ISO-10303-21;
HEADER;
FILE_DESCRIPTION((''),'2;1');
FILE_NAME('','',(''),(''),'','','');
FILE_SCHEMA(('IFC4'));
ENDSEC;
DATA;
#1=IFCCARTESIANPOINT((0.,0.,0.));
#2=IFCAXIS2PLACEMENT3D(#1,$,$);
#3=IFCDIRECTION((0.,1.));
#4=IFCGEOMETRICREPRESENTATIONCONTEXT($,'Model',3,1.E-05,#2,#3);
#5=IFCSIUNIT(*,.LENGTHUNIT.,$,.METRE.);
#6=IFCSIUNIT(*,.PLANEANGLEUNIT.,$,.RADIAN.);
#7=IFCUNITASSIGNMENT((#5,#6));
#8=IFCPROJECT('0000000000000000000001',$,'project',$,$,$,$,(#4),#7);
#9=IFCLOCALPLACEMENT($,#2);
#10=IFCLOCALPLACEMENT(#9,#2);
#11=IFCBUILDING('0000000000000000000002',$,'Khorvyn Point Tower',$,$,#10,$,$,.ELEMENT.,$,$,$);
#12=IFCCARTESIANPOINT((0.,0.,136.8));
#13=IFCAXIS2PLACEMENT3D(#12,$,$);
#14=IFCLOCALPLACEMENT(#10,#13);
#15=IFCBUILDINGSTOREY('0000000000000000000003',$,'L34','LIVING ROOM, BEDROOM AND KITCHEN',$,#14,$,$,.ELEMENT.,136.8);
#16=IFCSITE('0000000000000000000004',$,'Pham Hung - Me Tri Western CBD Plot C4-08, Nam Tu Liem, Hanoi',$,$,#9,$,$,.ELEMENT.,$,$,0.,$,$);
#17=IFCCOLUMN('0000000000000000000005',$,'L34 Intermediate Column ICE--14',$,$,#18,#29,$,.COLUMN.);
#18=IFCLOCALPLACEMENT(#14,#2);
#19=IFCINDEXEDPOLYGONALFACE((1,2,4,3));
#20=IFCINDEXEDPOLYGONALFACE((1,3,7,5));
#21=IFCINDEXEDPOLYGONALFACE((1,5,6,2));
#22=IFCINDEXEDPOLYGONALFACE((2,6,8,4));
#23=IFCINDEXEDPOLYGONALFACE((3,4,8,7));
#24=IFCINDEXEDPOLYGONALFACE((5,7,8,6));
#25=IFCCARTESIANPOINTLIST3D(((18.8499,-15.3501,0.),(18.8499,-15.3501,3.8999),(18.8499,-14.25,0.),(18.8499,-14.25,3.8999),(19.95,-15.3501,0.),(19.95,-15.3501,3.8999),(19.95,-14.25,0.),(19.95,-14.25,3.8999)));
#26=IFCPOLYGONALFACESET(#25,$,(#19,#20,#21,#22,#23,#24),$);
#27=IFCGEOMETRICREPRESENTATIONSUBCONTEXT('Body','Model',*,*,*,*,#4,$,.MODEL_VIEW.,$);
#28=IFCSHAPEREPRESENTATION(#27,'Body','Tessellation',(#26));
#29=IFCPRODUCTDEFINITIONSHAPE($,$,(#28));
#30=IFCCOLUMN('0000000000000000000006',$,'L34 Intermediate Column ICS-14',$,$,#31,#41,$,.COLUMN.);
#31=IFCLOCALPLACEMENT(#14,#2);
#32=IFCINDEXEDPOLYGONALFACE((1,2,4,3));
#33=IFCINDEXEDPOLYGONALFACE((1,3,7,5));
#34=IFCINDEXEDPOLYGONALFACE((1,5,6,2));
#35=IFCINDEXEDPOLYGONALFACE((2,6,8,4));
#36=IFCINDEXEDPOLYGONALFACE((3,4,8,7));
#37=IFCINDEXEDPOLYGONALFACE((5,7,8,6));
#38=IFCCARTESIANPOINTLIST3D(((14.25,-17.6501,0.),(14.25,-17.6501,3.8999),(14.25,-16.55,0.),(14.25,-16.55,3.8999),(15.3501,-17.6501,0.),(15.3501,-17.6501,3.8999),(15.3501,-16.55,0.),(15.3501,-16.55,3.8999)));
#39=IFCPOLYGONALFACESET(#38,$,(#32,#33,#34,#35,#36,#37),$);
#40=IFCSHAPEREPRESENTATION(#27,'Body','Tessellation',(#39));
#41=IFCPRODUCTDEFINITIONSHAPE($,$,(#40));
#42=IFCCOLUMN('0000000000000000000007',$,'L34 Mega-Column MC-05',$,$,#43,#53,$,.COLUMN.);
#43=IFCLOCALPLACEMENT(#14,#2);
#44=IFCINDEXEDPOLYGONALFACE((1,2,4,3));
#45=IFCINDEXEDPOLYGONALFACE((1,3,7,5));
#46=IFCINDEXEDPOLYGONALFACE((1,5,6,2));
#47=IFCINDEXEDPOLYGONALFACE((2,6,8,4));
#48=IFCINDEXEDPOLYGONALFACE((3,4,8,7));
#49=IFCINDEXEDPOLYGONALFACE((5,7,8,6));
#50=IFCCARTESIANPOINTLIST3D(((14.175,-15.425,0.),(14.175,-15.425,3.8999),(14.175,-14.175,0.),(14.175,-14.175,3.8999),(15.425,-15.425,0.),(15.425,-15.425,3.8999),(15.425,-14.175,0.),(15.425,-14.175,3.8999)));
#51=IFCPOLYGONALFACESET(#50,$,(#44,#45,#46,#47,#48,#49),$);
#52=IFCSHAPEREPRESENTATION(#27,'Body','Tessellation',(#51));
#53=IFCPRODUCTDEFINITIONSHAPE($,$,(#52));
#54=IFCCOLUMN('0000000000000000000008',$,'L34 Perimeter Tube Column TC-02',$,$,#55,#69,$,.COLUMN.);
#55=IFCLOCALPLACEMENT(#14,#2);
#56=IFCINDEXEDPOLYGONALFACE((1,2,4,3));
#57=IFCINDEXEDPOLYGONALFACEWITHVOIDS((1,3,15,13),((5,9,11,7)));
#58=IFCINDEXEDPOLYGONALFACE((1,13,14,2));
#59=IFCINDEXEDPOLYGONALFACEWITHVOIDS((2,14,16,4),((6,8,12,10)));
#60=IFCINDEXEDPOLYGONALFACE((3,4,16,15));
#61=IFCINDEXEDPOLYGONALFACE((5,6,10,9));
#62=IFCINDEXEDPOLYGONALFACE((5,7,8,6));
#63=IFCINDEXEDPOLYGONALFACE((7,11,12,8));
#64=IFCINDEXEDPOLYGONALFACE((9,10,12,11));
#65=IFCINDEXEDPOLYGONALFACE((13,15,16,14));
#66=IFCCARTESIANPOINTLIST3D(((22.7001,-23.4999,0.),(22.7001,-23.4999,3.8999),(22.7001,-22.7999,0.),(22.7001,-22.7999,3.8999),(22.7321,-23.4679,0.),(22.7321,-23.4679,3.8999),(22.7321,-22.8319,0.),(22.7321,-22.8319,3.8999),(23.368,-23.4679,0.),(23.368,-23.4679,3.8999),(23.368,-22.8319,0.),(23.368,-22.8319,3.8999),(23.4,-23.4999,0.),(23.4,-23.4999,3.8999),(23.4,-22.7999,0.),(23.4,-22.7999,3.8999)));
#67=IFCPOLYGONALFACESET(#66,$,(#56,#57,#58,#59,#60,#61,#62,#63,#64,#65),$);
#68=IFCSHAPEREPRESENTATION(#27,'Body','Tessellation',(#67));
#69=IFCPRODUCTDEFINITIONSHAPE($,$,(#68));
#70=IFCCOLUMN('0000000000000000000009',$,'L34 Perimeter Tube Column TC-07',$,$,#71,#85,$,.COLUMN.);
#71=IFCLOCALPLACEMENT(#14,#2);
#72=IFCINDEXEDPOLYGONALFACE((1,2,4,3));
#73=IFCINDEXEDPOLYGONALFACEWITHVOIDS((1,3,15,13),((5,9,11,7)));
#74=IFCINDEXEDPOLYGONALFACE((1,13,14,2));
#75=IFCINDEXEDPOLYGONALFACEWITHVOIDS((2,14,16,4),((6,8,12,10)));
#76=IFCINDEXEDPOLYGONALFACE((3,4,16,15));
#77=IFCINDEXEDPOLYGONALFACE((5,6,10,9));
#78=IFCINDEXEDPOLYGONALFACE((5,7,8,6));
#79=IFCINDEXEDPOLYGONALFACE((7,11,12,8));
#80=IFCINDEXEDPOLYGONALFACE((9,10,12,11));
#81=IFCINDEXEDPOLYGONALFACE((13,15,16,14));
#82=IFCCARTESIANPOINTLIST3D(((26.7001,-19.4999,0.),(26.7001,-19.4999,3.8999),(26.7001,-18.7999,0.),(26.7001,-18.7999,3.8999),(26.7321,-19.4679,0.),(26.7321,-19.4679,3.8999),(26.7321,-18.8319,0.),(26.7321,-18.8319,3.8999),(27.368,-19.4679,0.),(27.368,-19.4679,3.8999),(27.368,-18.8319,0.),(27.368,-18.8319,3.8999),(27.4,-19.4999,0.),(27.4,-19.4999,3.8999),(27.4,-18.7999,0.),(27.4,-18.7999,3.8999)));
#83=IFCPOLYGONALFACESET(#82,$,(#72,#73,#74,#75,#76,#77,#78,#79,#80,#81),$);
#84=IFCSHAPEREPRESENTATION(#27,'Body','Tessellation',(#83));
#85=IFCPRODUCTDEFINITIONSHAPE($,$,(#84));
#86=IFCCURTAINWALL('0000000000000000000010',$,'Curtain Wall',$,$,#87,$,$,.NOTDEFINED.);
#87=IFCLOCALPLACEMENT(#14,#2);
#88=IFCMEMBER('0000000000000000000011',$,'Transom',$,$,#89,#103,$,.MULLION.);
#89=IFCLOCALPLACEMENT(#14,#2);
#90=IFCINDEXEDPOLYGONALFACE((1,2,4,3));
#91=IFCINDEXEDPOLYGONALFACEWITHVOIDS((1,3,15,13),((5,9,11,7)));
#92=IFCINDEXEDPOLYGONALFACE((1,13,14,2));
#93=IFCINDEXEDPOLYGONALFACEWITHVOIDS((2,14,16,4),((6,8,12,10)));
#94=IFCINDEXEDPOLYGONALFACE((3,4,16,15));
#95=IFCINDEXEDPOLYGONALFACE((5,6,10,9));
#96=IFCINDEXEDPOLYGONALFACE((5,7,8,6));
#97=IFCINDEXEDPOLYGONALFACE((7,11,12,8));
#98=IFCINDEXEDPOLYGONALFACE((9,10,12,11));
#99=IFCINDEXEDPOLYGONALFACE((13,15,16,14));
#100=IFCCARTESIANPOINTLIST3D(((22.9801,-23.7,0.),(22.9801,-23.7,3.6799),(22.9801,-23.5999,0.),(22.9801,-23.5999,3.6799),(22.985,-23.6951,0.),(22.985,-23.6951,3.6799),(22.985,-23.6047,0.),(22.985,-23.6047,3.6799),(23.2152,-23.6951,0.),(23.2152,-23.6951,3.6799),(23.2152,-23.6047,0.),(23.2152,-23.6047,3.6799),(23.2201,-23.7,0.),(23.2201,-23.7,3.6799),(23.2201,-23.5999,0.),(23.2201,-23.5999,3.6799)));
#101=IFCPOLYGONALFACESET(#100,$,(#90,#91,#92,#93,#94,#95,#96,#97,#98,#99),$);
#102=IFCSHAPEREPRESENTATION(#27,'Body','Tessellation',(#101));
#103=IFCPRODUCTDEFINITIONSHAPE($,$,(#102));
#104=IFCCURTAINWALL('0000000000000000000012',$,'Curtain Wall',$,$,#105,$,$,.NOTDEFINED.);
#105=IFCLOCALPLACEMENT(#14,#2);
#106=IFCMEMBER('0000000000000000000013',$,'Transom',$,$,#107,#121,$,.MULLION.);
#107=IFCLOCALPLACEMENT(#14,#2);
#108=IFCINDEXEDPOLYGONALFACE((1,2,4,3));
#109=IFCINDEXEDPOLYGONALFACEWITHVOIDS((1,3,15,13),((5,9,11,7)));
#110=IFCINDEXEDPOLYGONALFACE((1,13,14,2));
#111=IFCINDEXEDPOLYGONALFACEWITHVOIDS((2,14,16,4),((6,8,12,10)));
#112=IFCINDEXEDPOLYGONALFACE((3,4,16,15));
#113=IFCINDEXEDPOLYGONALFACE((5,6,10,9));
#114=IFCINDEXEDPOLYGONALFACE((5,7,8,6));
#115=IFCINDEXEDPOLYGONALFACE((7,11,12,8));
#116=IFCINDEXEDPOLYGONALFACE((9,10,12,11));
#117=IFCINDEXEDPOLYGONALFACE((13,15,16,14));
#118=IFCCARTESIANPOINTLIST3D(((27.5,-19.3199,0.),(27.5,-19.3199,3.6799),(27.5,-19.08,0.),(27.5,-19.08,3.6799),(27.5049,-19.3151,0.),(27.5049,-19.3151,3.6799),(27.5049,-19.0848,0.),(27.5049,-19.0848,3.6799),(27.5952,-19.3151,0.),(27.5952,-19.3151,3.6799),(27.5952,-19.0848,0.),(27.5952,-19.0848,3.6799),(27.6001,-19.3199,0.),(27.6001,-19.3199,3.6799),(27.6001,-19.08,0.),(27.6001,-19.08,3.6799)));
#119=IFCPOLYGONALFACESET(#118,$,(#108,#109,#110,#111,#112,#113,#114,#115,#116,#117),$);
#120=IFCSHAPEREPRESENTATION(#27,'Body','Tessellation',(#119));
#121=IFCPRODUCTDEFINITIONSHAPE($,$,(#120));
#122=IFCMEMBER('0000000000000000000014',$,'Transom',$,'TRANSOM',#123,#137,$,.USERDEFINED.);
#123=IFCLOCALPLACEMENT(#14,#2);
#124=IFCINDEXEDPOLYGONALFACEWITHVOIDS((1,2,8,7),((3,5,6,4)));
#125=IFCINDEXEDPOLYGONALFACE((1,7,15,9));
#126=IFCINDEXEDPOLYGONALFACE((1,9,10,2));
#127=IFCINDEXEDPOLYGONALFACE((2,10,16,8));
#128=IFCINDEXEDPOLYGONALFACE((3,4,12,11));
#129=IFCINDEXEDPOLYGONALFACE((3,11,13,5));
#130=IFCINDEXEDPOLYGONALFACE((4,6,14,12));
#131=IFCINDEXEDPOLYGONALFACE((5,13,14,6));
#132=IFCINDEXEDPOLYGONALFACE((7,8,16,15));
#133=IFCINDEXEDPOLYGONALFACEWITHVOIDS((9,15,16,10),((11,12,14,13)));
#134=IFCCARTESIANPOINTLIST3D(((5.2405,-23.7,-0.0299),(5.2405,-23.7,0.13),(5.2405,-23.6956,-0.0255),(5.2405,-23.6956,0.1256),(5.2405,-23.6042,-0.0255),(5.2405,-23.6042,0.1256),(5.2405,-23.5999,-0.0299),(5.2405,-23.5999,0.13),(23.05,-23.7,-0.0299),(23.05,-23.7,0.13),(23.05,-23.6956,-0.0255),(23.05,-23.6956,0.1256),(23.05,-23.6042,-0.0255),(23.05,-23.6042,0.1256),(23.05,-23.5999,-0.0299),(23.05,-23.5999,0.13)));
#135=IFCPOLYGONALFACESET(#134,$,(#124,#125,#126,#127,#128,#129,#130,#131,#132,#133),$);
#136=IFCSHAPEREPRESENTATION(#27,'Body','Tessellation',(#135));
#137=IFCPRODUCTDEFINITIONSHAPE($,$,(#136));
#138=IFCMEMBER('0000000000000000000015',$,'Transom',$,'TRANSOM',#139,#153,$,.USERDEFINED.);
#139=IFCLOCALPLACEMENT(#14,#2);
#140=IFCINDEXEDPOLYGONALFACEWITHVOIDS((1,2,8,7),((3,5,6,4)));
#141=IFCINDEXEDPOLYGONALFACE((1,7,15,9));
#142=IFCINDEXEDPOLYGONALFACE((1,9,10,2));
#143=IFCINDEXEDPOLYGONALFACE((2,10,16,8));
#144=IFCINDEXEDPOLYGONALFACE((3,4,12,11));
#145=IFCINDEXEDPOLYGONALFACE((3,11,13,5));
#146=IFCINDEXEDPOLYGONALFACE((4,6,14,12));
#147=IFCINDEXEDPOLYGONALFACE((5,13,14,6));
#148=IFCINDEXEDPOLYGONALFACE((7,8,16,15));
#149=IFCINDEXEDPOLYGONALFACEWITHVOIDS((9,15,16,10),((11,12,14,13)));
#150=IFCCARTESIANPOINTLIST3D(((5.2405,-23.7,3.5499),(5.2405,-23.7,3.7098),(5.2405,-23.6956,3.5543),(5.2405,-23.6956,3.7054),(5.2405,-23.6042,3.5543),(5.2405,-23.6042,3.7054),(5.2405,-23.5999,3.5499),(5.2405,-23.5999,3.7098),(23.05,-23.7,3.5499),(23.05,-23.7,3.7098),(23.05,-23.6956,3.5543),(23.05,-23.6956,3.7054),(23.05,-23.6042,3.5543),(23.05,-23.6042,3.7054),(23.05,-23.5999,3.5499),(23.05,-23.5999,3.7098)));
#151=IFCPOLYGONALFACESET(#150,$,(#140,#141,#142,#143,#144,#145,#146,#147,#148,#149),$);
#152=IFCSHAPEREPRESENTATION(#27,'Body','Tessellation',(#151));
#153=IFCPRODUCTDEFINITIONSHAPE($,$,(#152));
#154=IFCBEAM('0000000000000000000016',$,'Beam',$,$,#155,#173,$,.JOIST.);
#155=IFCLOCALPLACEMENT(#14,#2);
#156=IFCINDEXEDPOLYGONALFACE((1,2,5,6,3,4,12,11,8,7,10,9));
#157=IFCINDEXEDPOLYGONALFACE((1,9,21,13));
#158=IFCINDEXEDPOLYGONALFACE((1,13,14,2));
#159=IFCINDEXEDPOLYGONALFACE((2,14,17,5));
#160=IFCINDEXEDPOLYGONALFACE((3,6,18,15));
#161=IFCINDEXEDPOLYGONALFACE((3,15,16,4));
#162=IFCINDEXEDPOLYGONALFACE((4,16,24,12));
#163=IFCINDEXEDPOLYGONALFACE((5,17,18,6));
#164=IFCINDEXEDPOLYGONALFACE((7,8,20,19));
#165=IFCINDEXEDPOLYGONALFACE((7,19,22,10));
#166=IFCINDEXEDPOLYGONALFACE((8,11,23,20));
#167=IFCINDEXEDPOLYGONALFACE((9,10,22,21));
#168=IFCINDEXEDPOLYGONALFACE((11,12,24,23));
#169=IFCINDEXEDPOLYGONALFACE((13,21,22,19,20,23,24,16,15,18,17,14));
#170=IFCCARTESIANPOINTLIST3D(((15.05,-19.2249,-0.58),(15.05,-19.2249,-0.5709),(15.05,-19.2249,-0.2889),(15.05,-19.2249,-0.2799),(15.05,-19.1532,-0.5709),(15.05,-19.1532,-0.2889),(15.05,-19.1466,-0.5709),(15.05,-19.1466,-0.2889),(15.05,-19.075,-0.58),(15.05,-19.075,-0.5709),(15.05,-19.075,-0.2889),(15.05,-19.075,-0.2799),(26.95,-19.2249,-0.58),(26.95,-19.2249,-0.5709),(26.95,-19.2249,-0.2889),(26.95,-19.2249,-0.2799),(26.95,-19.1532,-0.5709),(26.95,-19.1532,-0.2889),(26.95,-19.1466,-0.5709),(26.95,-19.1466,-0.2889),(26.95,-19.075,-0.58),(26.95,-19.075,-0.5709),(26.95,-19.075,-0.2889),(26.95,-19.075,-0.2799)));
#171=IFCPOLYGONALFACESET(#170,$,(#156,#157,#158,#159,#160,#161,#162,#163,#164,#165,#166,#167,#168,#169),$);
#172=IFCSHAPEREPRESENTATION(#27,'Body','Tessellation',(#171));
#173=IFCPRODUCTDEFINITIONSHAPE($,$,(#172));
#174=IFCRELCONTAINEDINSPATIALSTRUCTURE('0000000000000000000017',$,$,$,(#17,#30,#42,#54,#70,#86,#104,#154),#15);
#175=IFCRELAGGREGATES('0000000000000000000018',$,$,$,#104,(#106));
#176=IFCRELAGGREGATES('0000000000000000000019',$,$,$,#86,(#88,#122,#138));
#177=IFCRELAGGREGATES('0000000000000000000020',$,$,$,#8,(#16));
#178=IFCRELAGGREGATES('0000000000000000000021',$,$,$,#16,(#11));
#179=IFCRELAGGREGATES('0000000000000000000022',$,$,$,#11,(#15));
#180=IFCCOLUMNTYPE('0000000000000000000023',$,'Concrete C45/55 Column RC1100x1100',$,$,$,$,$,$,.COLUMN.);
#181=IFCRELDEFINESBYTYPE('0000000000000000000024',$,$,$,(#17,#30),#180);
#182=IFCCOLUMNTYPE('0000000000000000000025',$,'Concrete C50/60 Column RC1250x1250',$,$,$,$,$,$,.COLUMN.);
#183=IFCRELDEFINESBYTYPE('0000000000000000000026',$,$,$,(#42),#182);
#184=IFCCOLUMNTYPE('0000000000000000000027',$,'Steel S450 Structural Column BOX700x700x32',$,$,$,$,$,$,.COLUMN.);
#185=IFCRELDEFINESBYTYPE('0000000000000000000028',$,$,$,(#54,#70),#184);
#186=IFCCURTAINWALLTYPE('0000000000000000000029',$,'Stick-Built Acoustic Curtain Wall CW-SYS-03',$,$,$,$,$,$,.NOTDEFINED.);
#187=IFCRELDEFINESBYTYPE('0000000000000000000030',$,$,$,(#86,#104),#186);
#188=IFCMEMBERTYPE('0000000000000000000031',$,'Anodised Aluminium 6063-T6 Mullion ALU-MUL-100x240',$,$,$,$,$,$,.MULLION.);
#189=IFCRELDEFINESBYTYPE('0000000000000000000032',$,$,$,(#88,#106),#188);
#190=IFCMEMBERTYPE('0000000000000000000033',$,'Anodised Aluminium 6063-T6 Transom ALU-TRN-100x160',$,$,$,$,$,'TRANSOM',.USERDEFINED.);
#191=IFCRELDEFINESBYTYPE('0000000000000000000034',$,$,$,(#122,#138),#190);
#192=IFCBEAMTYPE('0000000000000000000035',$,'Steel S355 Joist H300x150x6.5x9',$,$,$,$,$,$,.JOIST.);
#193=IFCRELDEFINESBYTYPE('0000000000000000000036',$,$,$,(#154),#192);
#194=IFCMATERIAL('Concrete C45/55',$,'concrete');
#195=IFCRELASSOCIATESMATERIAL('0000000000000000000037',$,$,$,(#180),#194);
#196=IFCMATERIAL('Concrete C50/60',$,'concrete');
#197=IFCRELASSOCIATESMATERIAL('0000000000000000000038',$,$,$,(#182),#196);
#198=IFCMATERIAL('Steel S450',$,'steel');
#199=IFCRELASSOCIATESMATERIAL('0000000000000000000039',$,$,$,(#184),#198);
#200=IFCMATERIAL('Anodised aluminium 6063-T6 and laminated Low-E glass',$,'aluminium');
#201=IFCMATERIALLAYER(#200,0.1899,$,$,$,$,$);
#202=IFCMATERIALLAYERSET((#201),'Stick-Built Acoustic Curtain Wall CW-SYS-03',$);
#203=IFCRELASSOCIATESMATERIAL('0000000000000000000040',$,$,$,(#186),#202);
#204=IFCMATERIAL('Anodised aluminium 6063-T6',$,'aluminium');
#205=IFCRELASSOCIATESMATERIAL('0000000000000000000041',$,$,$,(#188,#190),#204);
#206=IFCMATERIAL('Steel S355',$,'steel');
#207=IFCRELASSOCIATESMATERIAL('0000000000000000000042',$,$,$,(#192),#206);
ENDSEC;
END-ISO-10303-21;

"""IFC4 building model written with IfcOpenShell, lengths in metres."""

from ifc_helpers import new_model, si_unit, direction, frame, origin, origin_2d, place, context, subcontext, project, spatial, rectangle, hollow_rectangle, i_section, extrude, material, layer, layer_set, material_profile, profile_set, type_object, element, aggregate, save


model = new_model("IFC4")

# Units and contexts
model_context = context("Model", 3, precision=1e-05, world=origin(), true_north=direction((0.0, 1.0)))
body_context = subcontext(model_context, "Body", "Model", "MODEL_VIEW")
ifc_project = project(units=[si_unit("LENGTHUNIT", "METRE"), si_unit("PLANEANGLEUNIT", "RADIAN")], contexts=[model_context])

# Site, building, storey
site_placement = place(None, origin())
site = spatial("IfcSite", under=ifc_project, at=site_placement, Name="Pham Hung - Me Tri Western CBD Plot C4-08, Nam Tu Liem, Hanoi", CompositionType="ELEMENT", RefElevation=0.0)
building_placement = place(site_placement, origin())
building = spatial("IfcBuilding", under=site, at=building_placement, Name="Khorvyn Point Tower", CompositionType="ELEMENT")
storey_placement = place(building_placement, frame((0.0, 0.0, 136.8)))
storey = spatial("IfcBuildingStorey", under=building, at=storey_placement, Name="L34", Description="LIVING ROOM, BEDROOM AND KITCHEN", CompositionType="ELEMENT", Elevation=136.8)

# Columns
ifc_material_1 = material(Name="Concrete C45/55", Category="concrete")
ifc_material_profile_1 = material_profile(ifc_material_1, rectangle(XDim=1.1001, YDim=1.1001, at=origin_2d()))
ifc_profile_set_1 = profile_set([ifc_material_profile_1], Name="Concrete C45/55 RC1100x1100")
column_type_1 = type_object("IfcColumnType", Name="Concrete C45/55 Column RC1100x1100", PredefinedType="COLUMN", material=ifc_profile_set_1)
for number, where, z_axis, x_axis, name in (
    (1, (19.3999, -14.8, 0.0), (0.0, 0.0, 1.0), (1.0, 0.0, 0.0), "L34 Intermediate Column ICE--14"),
    (2, (14.8, -17.1001, 0.0), (0.0, 0.0, 1.0), (1.0, 0.0, 0.0), "L34 Intermediate Column ICS-14"),
):
    element("IfcColumn", number, at=place(storey_placement, frame(where, z_axis=z_axis, x_axis=x_axis)), inside=storey, type_object=column_type_1, Name=name, PredefinedType="COLUMN", context=body_context, shape_type="SweptSolid", body=[
        extrude(rectangle(XDim=1.1001, YDim=1.1001, at=origin_2d()), origin(), (0.0, 0.0, 1.0), 3.8999),
    ])
ifc_material_2 = material(Name="Concrete C50/60", Category="concrete")
ifc_material_profile_2 = material_profile(ifc_material_2, rectangle(XDim=1.25, YDim=1.25, at=origin_2d()))
ifc_profile_set_2 = profile_set([ifc_material_profile_2], Name="Concrete C50/60 RC1250x1250")
column_type_2 = type_object("IfcColumnType", Name="Concrete C50/60 Column RC1250x1250", PredefinedType="COLUMN", material=ifc_profile_set_2)
column_placement = place(storey_placement, frame((14.8, -14.8, 0.0), z_axis=(0.0, 0.0, 1.0), x_axis=(1.0, 0.0, 0.0)))
element("IfcColumn", 3, at=column_placement, inside=storey, type_object=column_type_2, Name="L34 Mega-Column MC-05", PredefinedType="COLUMN", context=body_context, shape_type="SweptSolid", body=[
    extrude(rectangle(XDim=1.25, YDim=1.25, at=origin_2d()), origin(), (0.0, 0.0, 1.0), 3.8999),
])
ifc_material_3 = material(Name="Steel S450", Category="steel")
ifc_material_profile_3 = material_profile(ifc_material_3, hollow_rectangle(XDim=0.7, YDim=0.7, WallThickness=0.032, at=origin_2d()))
ifc_profile_set_3 = profile_set([ifc_material_profile_3], Name="Steel S450 BOX700x700x32")
column_type_3 = type_object("IfcColumnType", Name="Steel S450 Structural Column BOX700x700x32", PredefinedType="COLUMN", material=ifc_profile_set_3)
for number, where, z_axis, x_axis, name in (
    (4, (23.05, -23.1499, 0.0), (0.0, 0.0, 1.0), (1.0, 0.0, 0.0), "L34 Perimeter Tube Column TC-02"),
    (5, (27.05, -19.1499, 0.0), (0.0, 0.0, 1.0), (1.0, 0.0, 0.0), "L34 Perimeter Tube Column TC-07"),
):
    element("IfcColumn", number, at=place(storey_placement, frame(where, z_axis=z_axis, x_axis=x_axis)), inside=storey, type_object=column_type_3, Name=name, PredefinedType="COLUMN", context=body_context, shape_type="SweptSolid", body=[
        extrude(hollow_rectangle(XDim=0.7, YDim=0.7, WallThickness=0.032, at=origin_2d()), origin(), (0.0, 0.0, 1.0), 3.8999),
    ])

# Curtain walls, members
ifc_material_4 = material(Name="Anodised aluminium 6063-T6 and laminated Low-E glass", Category="aluminium")
ifc_layer_1 = layer(ifc_material_4, 0.1899)
ifc_layer_set_1 = layer_set([ifc_layer_1], Name="Stick-Built Acoustic Curtain Wall CW-SYS-03")
curtain_wall_type = type_object("IfcCurtainWallType", Name="Stick-Built Acoustic Curtain Wall CW-SYS-03", PredefinedType="NOTDEFINED", material=ifc_layer_set_1)
curtain_wall_1_placement = place(storey_placement, origin())
curtain_wall_1 = element("IfcCurtainWall", 6, at=curtain_wall_1_placement, inside=storey, type_object=curtain_wall_type, Name="Curtain Wall", PredefinedType="NOTDEFINED")
ifc_material_5 = material(Name="Anodised aluminium 6063-T6", Category="aluminium")
ifc_material_profile_4 = material_profile(ifc_material_5, hollow_rectangle(XDim=0.1001, YDim=0.24, WallThickness=0.0049, at=origin_2d()))
ifc_profile_set_4 = profile_set([ifc_material_profile_4], Name="Anodised aluminium 6063-T6 ALU-MUL-100x240")
member_type_1 = type_object("IfcMemberType", Name="Anodised Aluminium 6063-T6 Mullion ALU-MUL-100x240", PredefinedType="MULLION", material=ifc_profile_set_4)
member_1_placement = place(storey_placement, frame((23.1001, -23.6499, 0.0), z_axis=(0.0, 0.0, 1.0), x_axis=(0.0, -1.0, 0.0)))
member_1 = element("IfcMember", 7, at=member_1_placement, type_object=member_type_1, Name="Transom", PredefinedType="MULLION", context=body_context, shape_type="SweptSolid", body=[
    extrude(hollow_rectangle(XDim=0.1001, YDim=0.24, WallThickness=0.0049, at=origin_2d()), origin(), (0.0, 0.0, 1.0), 3.6799),
])
curtain_wall_2_placement = place(storey_placement, origin())
curtain_wall_2 = element("IfcCurtainWall", 8, at=curtain_wall_2_placement, inside=storey, type_object=curtain_wall_type, Name="Curtain Wall", PredefinedType="NOTDEFINED")
member_2_placement = place(storey_placement, frame((27.55, -19.2, 0.0), z_axis=(0.0, 0.0, 1.0), x_axis=(1.0, 0.0, 0.0)))
member_2 = element("IfcMember", 9, at=member_2_placement, type_object=member_type_1, Name="Transom", PredefinedType="MULLION", context=body_context, shape_type="SweptSolid", body=[
    extrude(hollow_rectangle(XDim=0.1001, YDim=0.24, WallThickness=0.0049, at=origin_2d()), origin(), (0.0, 0.0, 1.0), 3.6799),
])
aggregate(curtain_wall_2, [member_2])

# Members
ifc_material_profile_5 = material_profile(ifc_material_5, hollow_rectangle(XDim=0.1001, YDim=0.1599, WallThickness=0.0044, at=origin_2d()))
ifc_profile_set_5 = profile_set([ifc_material_profile_5], Name="Anodised aluminium 6063-T6 ALU-TRN-100x160")
member_type_2 = type_object("IfcMemberType", Name="Anodised Aluminium 6063-T6 Transom ALU-TRN-100x160", ElementType="TRANSOM", PredefinedType="USERDEFINED", material=ifc_profile_set_5)
member_3_placement = place(storey_placement, frame((23.05, -23.6499, 0.05), z_axis=(-1.0, 0.0, 0.0), x_axis=(0.0, -1.0, 0.0)))
member_3 = element("IfcMember", 10, at=member_3_placement, type_object=member_type_2, Name="Transom", ObjectType="TRANSOM", PredefinedType="USERDEFINED", context=body_context, shape_type="SweptSolid", body=[
    extrude(hollow_rectangle(XDim=0.1001, YDim=0.1599, WallThickness=0.0044, at=origin_2d()), origin(), (0.0, 0.0, 1.0), 17.8096),
])
member_4_placement = place(storey_placement, frame((23.05, -23.6499, 3.6299), z_axis=(-1.0, 0.0, 0.0), x_axis=(0.0, -1.0, 0.0)))
member_4 = element("IfcMember", 11, at=member_4_placement, type_object=member_type_2, Name="Transom", ObjectType="TRANSOM", PredefinedType="USERDEFINED", context=body_context, shape_type="SweptSolid", body=[
    extrude(hollow_rectangle(XDim=0.1001, YDim=0.1599, WallThickness=0.0044, at=origin_2d()), origin(), (0.0, 0.0, 1.0), 17.8096),
])

# Beam
ifc_material_6 = material(Name="Steel S355", Category="steel")
ifc_material_profile_6 = material_profile(ifc_material_6, i_section(OverallWidth=0.1499, OverallDepth=0.3, WebThickness=0.0066, FlangeThickness=0.009, at=origin_2d()))
ifc_profile_set_6 = profile_set([ifc_material_profile_6], Name="Steel S355 H300x150x6.5x9")
beam_type_1 = type_object("IfcBeamType", Name="Steel S355 Joist H300x150x6.5x9", PredefinedType="JOIST", material=ifc_profile_set_6)
beam_1_placement = place(storey_placement, frame((15.05, -19.1499, -0.4299), z_axis=(1.0, 0.0, 0.0), x_axis=(0.0, 1.0, 0.0)))
element("IfcBeam", 12, at=beam_1_placement, inside=storey, type_object=beam_type_1, Name="Beam", PredefinedType="JOIST", context=body_context, shape_type="SweptSolid", body=[
    extrude(i_section(OverallWidth=0.1499, OverallDepth=0.3, WebThickness=0.0066, FlangeThickness=0.009, at=origin_2d()), origin(), (0.0, 0.0, 1.0), 11.8999),
])

aggregate(curtain_wall_1, [member_1, member_3, member_4])

save(model, "model.ifc")
